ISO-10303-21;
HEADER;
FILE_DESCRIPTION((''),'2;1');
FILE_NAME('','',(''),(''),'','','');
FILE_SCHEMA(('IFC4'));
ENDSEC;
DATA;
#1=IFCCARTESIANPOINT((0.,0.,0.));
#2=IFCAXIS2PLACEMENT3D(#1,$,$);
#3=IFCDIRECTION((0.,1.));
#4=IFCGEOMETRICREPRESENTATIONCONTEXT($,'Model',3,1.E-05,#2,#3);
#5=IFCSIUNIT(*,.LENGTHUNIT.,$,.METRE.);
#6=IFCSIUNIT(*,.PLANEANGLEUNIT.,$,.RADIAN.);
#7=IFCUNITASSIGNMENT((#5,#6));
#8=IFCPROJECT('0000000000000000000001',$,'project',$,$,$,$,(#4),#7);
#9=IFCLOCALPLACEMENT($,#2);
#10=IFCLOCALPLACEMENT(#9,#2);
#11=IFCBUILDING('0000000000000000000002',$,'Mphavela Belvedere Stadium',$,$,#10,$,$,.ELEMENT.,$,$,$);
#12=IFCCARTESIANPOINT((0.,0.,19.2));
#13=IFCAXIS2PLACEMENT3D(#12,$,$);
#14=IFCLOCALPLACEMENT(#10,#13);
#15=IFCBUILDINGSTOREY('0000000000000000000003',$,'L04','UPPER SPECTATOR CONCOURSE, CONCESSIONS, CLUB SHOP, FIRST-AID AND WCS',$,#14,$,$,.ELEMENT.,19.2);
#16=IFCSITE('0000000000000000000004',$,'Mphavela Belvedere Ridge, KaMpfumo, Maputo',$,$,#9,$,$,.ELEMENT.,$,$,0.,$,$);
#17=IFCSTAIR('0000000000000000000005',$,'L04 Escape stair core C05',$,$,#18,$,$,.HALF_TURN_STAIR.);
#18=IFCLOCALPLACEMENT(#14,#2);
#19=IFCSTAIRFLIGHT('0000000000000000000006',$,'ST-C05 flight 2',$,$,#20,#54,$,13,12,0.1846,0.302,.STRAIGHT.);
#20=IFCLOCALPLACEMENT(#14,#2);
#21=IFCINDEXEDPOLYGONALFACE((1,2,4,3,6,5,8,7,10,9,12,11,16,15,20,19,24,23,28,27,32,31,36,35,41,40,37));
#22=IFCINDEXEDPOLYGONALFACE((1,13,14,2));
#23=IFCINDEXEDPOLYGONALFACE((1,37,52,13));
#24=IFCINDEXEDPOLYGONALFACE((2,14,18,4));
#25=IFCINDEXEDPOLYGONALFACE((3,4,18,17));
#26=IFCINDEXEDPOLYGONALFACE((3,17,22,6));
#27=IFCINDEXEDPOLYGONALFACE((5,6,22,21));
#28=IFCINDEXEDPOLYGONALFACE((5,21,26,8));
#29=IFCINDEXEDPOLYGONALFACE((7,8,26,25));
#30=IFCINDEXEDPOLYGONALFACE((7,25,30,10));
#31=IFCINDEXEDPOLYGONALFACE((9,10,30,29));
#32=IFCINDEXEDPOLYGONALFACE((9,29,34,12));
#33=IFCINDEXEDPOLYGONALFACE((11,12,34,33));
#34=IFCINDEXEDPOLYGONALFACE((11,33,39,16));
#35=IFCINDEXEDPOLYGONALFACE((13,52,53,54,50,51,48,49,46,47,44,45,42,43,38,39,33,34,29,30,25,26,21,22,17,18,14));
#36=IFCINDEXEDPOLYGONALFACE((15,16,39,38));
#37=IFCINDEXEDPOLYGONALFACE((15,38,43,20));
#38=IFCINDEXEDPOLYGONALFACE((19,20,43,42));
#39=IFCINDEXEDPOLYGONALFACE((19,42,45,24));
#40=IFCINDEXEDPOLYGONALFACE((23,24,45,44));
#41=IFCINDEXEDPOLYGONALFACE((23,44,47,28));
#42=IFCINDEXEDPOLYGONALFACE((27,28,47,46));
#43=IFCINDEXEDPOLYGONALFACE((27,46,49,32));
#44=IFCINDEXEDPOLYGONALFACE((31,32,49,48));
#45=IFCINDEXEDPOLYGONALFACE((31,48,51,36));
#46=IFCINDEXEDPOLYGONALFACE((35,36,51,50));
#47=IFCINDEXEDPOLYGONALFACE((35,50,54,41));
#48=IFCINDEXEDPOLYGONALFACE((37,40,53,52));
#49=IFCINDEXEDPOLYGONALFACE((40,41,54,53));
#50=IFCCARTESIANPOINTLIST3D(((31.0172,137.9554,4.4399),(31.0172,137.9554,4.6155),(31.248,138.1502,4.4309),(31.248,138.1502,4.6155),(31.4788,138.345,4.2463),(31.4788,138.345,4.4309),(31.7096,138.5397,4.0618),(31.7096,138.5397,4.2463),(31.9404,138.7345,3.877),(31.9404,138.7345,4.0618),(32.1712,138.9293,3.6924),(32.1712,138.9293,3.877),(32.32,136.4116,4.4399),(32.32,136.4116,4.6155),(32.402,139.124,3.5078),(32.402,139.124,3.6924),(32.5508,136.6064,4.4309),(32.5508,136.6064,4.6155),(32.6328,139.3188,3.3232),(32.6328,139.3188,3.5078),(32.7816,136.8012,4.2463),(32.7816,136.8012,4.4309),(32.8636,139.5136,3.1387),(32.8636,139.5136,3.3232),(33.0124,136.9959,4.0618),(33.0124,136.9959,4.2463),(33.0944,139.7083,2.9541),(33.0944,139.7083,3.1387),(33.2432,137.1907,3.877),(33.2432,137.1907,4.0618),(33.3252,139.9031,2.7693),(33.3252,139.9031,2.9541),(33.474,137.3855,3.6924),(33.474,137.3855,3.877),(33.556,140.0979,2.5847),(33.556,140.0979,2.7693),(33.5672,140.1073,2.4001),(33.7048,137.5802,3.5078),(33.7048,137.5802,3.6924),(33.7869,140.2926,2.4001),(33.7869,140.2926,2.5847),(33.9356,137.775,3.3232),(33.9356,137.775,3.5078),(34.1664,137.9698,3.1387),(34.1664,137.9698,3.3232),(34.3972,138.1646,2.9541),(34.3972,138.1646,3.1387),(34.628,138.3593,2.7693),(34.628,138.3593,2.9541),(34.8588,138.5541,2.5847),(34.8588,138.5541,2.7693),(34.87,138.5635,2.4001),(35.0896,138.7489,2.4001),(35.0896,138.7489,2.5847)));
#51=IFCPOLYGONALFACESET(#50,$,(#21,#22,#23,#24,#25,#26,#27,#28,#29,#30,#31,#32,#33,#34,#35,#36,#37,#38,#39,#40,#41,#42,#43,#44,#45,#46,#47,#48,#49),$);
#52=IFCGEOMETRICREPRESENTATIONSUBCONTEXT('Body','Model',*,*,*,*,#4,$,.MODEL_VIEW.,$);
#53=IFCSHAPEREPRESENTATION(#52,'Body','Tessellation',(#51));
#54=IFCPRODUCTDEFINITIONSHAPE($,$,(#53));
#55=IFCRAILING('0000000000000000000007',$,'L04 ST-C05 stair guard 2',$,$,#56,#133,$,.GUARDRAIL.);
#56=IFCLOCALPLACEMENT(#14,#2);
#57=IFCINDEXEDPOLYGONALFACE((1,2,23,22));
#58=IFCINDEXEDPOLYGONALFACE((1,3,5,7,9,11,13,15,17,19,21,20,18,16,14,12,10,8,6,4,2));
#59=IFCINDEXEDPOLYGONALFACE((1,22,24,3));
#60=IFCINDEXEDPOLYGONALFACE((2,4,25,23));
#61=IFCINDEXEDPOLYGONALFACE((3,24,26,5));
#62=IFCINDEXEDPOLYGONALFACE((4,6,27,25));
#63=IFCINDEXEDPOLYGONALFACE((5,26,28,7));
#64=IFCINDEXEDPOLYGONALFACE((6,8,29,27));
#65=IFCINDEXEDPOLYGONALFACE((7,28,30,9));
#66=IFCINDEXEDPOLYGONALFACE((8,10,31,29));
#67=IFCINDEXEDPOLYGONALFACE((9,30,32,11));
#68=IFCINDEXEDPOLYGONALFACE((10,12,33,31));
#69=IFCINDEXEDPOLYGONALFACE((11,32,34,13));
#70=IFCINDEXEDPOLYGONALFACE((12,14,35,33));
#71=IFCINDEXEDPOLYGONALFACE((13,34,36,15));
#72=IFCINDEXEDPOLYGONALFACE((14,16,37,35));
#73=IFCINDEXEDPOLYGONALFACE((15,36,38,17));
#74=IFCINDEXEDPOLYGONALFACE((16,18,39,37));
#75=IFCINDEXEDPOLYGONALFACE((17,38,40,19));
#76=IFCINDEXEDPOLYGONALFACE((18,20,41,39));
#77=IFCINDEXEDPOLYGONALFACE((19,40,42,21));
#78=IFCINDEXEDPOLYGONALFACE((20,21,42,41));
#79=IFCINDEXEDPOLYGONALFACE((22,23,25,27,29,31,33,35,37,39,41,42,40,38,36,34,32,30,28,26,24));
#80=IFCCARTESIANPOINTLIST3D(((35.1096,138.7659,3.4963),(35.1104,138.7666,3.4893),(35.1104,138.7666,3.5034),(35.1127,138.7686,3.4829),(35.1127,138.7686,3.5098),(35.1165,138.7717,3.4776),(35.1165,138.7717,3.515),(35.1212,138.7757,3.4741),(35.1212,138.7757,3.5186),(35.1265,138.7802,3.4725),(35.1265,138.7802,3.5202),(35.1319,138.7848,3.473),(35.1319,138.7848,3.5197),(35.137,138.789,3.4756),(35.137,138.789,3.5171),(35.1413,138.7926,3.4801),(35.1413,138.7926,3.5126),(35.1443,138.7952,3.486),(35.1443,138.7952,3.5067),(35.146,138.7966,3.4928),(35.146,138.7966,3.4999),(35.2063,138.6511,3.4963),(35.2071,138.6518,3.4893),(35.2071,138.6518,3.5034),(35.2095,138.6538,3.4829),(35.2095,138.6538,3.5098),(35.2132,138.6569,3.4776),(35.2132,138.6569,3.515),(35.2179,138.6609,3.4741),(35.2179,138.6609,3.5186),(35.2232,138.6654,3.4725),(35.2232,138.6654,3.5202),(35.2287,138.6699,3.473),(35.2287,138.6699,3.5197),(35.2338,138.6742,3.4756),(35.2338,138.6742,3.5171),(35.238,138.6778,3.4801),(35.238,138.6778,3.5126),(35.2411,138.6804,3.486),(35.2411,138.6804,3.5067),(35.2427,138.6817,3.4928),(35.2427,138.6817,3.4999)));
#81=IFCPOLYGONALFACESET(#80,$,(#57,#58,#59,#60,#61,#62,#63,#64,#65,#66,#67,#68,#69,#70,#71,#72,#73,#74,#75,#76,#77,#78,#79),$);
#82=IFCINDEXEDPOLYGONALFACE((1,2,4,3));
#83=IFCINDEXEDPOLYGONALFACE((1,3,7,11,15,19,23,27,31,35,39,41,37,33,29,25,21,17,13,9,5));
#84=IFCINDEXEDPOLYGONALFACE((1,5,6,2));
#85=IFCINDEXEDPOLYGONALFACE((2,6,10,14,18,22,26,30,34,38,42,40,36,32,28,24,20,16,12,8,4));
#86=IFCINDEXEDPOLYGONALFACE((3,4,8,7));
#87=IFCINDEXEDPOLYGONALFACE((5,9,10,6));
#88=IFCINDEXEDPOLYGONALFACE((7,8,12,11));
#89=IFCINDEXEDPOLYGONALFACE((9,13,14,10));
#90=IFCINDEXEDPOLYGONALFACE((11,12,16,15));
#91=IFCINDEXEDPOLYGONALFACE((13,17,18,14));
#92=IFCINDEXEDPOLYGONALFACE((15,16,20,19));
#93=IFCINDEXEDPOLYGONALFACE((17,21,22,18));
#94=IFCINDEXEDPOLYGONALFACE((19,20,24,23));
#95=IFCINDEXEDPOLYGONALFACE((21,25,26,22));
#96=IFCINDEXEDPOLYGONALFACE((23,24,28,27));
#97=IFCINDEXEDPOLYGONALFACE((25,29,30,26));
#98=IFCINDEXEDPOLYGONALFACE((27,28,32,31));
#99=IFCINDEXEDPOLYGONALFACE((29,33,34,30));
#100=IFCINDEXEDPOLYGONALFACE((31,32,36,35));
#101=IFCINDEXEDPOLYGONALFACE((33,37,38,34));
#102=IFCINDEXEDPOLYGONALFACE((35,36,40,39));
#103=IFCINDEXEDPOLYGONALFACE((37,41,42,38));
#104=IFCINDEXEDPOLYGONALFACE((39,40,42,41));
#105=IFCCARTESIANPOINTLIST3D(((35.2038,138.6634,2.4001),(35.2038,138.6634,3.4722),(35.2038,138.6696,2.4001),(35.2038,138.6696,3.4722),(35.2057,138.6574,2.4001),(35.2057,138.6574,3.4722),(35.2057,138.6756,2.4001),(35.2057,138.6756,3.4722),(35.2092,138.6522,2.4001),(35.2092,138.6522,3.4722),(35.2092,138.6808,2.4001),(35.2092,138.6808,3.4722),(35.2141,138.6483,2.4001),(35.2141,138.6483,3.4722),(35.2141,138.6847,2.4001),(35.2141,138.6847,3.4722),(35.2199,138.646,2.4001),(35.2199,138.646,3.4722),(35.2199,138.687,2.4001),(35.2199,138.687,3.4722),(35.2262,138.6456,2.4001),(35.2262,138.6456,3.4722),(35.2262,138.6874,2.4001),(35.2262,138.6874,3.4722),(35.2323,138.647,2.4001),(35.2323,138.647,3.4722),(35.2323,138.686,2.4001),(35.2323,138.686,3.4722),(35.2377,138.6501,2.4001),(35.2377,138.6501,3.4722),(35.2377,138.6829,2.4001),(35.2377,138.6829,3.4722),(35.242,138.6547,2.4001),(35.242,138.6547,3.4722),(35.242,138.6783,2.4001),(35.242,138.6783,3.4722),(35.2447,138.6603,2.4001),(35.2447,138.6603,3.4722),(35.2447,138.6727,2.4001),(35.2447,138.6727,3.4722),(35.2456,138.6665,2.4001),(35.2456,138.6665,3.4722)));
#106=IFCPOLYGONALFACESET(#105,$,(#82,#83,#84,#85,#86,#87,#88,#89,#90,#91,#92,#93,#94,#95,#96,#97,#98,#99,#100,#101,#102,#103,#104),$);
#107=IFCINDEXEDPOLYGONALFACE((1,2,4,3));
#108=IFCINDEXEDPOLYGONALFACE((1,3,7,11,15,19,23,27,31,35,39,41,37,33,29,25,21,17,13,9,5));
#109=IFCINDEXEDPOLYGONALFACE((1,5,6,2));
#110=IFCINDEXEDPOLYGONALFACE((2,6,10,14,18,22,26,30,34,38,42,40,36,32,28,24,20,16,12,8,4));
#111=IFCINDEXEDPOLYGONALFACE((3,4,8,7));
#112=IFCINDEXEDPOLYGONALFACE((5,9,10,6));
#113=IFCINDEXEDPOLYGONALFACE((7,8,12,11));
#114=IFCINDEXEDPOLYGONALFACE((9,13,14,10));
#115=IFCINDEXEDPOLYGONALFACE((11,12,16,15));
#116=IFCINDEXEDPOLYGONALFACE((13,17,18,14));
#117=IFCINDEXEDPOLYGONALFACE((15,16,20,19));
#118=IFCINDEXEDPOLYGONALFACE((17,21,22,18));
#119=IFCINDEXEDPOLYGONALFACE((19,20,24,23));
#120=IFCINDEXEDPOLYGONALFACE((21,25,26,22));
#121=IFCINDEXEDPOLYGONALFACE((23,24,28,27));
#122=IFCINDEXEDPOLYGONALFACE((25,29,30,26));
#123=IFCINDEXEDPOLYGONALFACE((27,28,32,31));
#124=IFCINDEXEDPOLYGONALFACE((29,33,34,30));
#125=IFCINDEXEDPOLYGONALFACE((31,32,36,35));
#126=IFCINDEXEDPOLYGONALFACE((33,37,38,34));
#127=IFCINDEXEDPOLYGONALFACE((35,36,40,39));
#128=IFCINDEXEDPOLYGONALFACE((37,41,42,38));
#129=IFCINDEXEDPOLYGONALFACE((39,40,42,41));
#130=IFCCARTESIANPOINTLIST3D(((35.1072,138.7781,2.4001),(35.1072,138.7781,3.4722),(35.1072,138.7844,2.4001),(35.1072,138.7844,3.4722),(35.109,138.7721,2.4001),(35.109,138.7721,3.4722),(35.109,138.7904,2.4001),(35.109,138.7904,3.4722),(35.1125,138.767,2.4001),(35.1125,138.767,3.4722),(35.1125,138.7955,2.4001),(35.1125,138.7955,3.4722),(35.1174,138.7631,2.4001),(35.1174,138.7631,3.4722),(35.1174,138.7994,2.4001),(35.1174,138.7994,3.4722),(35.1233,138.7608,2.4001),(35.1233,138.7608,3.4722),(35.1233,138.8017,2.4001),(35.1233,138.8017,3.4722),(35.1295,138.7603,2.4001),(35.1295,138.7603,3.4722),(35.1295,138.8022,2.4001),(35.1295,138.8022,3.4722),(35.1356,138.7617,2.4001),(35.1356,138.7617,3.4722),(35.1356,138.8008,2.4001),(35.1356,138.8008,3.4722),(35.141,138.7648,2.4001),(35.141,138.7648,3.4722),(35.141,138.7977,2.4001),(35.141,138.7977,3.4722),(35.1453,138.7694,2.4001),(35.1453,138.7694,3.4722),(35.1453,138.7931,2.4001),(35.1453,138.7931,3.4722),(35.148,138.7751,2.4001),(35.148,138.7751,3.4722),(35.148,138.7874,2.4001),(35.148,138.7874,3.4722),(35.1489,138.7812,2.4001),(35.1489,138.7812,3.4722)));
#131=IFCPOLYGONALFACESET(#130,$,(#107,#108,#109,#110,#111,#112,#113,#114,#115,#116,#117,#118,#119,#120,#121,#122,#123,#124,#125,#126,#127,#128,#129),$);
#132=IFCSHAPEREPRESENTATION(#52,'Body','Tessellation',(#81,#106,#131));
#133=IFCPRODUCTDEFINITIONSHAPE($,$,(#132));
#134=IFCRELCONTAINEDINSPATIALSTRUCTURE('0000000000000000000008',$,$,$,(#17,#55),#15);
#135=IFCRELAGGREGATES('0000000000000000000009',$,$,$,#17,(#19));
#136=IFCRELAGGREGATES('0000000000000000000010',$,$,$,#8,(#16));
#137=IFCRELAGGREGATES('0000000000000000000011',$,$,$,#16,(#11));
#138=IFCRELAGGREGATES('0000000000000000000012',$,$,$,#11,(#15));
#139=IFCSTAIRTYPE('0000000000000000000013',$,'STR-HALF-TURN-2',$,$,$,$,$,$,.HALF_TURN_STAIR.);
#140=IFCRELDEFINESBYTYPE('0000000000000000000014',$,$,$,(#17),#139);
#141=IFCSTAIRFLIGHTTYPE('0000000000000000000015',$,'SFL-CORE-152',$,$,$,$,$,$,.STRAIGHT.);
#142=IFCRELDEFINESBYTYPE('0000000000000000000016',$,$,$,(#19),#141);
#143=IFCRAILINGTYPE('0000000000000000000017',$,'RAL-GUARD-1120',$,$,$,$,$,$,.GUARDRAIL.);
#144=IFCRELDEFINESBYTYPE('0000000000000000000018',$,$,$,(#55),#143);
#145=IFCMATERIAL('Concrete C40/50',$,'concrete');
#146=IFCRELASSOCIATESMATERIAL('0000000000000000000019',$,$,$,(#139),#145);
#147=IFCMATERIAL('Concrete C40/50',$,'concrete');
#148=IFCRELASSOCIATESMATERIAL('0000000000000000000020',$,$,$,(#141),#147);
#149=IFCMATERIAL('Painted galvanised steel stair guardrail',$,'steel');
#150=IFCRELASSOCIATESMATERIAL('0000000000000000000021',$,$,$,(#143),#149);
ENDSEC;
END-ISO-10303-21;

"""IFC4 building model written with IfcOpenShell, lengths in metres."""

from ifc_helpers import new_model, si_unit, direction, frame, origin, origin_2d, place, context, subcontext, project, spatial, polyline, circle, outline, extrude, material, type_object, element, aggregate, save


model = new_model("IFC4")

# Units and contexts
model_context = context("Model", 3, precision=1e-05, world=origin(), true_north=direction((0.0, 1.0)))
body_context = subcontext(model_context, "Body", "Model", "MODEL_VIEW")
ifc_project = project(units=[si_unit("LENGTHUNIT", "METRE"), si_unit("PLANEANGLEUNIT", "RADIAN")], contexts=[model_context])

# Site, building, storey
site_placement = place(None, origin())
site = spatial("IfcSite", under=ifc_project, at=site_placement, Name="Mphavela Belvedere Ridge, KaMpfumo, Maputo", CompositionType="ELEMENT", RefElevation=0.0)
building_placement = place(site_placement, origin())
building = spatial("IfcBuilding", under=site, at=building_placement, Name="Mphavela Belvedere Stadium", CompositionType="ELEMENT")
storey_placement = place(building_placement, frame((0.0, 0.0, 19.2)))
storey = spatial("IfcBuildingStorey", under=building, at=storey_placement, Name="L04", Description="UPPER SPECTATOR CONCOURSE, CONCESSIONS, CLUB SHOP, FIRST-AID AND WCS", CompositionType="ELEMENT", Elevation=19.2)

# Stair, stair flight
ifc_material_1 = material(Name="Concrete C40/50", Category="concrete")
stair_type = type_object("IfcStairType", Name="STR-HALF-TURN-2", PredefinedType="HALF_TURN_STAIR", material=ifc_material_1)
stair_placement = place(storey_placement, origin())
stair = element("IfcStair", 1, at=stair_placement, inside=storey, type_object=stair_type, Name="L04 Escape stair core C05", PredefinedType="HALF_TURN_STAIR")
ifc_material_2 = material(Name="Concrete C40/50", Category="concrete")
stair_flight_type = type_object("IfcStairFlightType", Name="SFL-CORE-152", PredefinedType="STRAIGHT", material=ifc_material_2)
stair_flight_placement = place(storey_placement, frame((34.4382, 139.5208, 2.4001), z_axis=(0.0, 0.0, 1.0), x_axis=(-0.764246, -0.644924, 0.0)))
stair_flight = element("IfcStairFlight", 2, at=stair_flight_placement, type_object=stair_flight_type, Name="ST-C05 flight 2", NumberOfRisers=13, NumberOfTreads=12, PredefinedType="STRAIGHT", RiserHeight=0.1846, TreadLength=0.302, context=body_context, shape_type="SweptSolid", body=[
    extrude(outline(polyline([(0.0, 0.0), (0.0, 0.1846), (0.302, 0.1846), (0.302, 0.3691), (0.604, 0.3691), (0.604, 0.554), (0.906, 0.554), (0.906, 0.7385), (1.208, 0.7385), (1.208, 0.9231), (1.51, 0.9231), (1.51, 1.1077), (1.812, 1.1077), (1.812, 1.2922), (2.114, 1.2922), (2.114, 1.4768), (2.416, 1.4768), (2.416, 1.6616), (2.718, 1.6616), (2.718, 1.8462), (3.02, 1.8462), (3.02, 2.0308), (3.322, 2.0308), (3.322, 2.2153), (3.624, 2.2153), (3.624, 2.3999), (3.624, 2.0398), (0.2874, 0.0), (0.0, 0.0)])), frame((0.0, 1.01, 0.0), z_axis=(0.0, -1.0, 0.0), x_axis=(1.0, 0.0, 0.0)), (0.0, 0.0, 1.0), 2.02),
])
aggregate(stair, [stair_flight])

# Railing
ifc_material_3 = material(Name="Painted galvanised steel stair guardrail", Category="steel")
railing_type = type_object("IfcRailingType", Name="RAL-GUARD-1120", PredefinedType="GUARDRAIL", material=ifc_material_3)
railing_1_placement = place(storey_placement, frame((35.2246, 138.6665, 2.4001)))
element("IfcRailing", 3, at=railing_1_placement, inside=storey, type_object=railing_type, Name="L04 ST-C05 stair guard 2", PredefinedType="GUARDRAIL", context=body_context, shape_type="SweptSolid", body=[
    extrude(circle(Radius=0.0239, at=origin_2d()), frame((0.0, 0.0, 1.0962), z_axis=(-0.644336, 0.764742, 0.0), x_axis=(-0.764742, -0.644336, 0.0)), (0.0, 0.0, 1.0), 0.1501),
    extrude(circle(Radius=0.021, at=origin_2d()), origin(), (0.0, 0.0, 1.0), 1.072),
    extrude(circle(Radius=0.021, at=origin_2d()), frame((-0.0967, 0.1147, 0.0)), (0.0, 0.0, 1.0), 1.072),
])

save(model, "model.ifc")
